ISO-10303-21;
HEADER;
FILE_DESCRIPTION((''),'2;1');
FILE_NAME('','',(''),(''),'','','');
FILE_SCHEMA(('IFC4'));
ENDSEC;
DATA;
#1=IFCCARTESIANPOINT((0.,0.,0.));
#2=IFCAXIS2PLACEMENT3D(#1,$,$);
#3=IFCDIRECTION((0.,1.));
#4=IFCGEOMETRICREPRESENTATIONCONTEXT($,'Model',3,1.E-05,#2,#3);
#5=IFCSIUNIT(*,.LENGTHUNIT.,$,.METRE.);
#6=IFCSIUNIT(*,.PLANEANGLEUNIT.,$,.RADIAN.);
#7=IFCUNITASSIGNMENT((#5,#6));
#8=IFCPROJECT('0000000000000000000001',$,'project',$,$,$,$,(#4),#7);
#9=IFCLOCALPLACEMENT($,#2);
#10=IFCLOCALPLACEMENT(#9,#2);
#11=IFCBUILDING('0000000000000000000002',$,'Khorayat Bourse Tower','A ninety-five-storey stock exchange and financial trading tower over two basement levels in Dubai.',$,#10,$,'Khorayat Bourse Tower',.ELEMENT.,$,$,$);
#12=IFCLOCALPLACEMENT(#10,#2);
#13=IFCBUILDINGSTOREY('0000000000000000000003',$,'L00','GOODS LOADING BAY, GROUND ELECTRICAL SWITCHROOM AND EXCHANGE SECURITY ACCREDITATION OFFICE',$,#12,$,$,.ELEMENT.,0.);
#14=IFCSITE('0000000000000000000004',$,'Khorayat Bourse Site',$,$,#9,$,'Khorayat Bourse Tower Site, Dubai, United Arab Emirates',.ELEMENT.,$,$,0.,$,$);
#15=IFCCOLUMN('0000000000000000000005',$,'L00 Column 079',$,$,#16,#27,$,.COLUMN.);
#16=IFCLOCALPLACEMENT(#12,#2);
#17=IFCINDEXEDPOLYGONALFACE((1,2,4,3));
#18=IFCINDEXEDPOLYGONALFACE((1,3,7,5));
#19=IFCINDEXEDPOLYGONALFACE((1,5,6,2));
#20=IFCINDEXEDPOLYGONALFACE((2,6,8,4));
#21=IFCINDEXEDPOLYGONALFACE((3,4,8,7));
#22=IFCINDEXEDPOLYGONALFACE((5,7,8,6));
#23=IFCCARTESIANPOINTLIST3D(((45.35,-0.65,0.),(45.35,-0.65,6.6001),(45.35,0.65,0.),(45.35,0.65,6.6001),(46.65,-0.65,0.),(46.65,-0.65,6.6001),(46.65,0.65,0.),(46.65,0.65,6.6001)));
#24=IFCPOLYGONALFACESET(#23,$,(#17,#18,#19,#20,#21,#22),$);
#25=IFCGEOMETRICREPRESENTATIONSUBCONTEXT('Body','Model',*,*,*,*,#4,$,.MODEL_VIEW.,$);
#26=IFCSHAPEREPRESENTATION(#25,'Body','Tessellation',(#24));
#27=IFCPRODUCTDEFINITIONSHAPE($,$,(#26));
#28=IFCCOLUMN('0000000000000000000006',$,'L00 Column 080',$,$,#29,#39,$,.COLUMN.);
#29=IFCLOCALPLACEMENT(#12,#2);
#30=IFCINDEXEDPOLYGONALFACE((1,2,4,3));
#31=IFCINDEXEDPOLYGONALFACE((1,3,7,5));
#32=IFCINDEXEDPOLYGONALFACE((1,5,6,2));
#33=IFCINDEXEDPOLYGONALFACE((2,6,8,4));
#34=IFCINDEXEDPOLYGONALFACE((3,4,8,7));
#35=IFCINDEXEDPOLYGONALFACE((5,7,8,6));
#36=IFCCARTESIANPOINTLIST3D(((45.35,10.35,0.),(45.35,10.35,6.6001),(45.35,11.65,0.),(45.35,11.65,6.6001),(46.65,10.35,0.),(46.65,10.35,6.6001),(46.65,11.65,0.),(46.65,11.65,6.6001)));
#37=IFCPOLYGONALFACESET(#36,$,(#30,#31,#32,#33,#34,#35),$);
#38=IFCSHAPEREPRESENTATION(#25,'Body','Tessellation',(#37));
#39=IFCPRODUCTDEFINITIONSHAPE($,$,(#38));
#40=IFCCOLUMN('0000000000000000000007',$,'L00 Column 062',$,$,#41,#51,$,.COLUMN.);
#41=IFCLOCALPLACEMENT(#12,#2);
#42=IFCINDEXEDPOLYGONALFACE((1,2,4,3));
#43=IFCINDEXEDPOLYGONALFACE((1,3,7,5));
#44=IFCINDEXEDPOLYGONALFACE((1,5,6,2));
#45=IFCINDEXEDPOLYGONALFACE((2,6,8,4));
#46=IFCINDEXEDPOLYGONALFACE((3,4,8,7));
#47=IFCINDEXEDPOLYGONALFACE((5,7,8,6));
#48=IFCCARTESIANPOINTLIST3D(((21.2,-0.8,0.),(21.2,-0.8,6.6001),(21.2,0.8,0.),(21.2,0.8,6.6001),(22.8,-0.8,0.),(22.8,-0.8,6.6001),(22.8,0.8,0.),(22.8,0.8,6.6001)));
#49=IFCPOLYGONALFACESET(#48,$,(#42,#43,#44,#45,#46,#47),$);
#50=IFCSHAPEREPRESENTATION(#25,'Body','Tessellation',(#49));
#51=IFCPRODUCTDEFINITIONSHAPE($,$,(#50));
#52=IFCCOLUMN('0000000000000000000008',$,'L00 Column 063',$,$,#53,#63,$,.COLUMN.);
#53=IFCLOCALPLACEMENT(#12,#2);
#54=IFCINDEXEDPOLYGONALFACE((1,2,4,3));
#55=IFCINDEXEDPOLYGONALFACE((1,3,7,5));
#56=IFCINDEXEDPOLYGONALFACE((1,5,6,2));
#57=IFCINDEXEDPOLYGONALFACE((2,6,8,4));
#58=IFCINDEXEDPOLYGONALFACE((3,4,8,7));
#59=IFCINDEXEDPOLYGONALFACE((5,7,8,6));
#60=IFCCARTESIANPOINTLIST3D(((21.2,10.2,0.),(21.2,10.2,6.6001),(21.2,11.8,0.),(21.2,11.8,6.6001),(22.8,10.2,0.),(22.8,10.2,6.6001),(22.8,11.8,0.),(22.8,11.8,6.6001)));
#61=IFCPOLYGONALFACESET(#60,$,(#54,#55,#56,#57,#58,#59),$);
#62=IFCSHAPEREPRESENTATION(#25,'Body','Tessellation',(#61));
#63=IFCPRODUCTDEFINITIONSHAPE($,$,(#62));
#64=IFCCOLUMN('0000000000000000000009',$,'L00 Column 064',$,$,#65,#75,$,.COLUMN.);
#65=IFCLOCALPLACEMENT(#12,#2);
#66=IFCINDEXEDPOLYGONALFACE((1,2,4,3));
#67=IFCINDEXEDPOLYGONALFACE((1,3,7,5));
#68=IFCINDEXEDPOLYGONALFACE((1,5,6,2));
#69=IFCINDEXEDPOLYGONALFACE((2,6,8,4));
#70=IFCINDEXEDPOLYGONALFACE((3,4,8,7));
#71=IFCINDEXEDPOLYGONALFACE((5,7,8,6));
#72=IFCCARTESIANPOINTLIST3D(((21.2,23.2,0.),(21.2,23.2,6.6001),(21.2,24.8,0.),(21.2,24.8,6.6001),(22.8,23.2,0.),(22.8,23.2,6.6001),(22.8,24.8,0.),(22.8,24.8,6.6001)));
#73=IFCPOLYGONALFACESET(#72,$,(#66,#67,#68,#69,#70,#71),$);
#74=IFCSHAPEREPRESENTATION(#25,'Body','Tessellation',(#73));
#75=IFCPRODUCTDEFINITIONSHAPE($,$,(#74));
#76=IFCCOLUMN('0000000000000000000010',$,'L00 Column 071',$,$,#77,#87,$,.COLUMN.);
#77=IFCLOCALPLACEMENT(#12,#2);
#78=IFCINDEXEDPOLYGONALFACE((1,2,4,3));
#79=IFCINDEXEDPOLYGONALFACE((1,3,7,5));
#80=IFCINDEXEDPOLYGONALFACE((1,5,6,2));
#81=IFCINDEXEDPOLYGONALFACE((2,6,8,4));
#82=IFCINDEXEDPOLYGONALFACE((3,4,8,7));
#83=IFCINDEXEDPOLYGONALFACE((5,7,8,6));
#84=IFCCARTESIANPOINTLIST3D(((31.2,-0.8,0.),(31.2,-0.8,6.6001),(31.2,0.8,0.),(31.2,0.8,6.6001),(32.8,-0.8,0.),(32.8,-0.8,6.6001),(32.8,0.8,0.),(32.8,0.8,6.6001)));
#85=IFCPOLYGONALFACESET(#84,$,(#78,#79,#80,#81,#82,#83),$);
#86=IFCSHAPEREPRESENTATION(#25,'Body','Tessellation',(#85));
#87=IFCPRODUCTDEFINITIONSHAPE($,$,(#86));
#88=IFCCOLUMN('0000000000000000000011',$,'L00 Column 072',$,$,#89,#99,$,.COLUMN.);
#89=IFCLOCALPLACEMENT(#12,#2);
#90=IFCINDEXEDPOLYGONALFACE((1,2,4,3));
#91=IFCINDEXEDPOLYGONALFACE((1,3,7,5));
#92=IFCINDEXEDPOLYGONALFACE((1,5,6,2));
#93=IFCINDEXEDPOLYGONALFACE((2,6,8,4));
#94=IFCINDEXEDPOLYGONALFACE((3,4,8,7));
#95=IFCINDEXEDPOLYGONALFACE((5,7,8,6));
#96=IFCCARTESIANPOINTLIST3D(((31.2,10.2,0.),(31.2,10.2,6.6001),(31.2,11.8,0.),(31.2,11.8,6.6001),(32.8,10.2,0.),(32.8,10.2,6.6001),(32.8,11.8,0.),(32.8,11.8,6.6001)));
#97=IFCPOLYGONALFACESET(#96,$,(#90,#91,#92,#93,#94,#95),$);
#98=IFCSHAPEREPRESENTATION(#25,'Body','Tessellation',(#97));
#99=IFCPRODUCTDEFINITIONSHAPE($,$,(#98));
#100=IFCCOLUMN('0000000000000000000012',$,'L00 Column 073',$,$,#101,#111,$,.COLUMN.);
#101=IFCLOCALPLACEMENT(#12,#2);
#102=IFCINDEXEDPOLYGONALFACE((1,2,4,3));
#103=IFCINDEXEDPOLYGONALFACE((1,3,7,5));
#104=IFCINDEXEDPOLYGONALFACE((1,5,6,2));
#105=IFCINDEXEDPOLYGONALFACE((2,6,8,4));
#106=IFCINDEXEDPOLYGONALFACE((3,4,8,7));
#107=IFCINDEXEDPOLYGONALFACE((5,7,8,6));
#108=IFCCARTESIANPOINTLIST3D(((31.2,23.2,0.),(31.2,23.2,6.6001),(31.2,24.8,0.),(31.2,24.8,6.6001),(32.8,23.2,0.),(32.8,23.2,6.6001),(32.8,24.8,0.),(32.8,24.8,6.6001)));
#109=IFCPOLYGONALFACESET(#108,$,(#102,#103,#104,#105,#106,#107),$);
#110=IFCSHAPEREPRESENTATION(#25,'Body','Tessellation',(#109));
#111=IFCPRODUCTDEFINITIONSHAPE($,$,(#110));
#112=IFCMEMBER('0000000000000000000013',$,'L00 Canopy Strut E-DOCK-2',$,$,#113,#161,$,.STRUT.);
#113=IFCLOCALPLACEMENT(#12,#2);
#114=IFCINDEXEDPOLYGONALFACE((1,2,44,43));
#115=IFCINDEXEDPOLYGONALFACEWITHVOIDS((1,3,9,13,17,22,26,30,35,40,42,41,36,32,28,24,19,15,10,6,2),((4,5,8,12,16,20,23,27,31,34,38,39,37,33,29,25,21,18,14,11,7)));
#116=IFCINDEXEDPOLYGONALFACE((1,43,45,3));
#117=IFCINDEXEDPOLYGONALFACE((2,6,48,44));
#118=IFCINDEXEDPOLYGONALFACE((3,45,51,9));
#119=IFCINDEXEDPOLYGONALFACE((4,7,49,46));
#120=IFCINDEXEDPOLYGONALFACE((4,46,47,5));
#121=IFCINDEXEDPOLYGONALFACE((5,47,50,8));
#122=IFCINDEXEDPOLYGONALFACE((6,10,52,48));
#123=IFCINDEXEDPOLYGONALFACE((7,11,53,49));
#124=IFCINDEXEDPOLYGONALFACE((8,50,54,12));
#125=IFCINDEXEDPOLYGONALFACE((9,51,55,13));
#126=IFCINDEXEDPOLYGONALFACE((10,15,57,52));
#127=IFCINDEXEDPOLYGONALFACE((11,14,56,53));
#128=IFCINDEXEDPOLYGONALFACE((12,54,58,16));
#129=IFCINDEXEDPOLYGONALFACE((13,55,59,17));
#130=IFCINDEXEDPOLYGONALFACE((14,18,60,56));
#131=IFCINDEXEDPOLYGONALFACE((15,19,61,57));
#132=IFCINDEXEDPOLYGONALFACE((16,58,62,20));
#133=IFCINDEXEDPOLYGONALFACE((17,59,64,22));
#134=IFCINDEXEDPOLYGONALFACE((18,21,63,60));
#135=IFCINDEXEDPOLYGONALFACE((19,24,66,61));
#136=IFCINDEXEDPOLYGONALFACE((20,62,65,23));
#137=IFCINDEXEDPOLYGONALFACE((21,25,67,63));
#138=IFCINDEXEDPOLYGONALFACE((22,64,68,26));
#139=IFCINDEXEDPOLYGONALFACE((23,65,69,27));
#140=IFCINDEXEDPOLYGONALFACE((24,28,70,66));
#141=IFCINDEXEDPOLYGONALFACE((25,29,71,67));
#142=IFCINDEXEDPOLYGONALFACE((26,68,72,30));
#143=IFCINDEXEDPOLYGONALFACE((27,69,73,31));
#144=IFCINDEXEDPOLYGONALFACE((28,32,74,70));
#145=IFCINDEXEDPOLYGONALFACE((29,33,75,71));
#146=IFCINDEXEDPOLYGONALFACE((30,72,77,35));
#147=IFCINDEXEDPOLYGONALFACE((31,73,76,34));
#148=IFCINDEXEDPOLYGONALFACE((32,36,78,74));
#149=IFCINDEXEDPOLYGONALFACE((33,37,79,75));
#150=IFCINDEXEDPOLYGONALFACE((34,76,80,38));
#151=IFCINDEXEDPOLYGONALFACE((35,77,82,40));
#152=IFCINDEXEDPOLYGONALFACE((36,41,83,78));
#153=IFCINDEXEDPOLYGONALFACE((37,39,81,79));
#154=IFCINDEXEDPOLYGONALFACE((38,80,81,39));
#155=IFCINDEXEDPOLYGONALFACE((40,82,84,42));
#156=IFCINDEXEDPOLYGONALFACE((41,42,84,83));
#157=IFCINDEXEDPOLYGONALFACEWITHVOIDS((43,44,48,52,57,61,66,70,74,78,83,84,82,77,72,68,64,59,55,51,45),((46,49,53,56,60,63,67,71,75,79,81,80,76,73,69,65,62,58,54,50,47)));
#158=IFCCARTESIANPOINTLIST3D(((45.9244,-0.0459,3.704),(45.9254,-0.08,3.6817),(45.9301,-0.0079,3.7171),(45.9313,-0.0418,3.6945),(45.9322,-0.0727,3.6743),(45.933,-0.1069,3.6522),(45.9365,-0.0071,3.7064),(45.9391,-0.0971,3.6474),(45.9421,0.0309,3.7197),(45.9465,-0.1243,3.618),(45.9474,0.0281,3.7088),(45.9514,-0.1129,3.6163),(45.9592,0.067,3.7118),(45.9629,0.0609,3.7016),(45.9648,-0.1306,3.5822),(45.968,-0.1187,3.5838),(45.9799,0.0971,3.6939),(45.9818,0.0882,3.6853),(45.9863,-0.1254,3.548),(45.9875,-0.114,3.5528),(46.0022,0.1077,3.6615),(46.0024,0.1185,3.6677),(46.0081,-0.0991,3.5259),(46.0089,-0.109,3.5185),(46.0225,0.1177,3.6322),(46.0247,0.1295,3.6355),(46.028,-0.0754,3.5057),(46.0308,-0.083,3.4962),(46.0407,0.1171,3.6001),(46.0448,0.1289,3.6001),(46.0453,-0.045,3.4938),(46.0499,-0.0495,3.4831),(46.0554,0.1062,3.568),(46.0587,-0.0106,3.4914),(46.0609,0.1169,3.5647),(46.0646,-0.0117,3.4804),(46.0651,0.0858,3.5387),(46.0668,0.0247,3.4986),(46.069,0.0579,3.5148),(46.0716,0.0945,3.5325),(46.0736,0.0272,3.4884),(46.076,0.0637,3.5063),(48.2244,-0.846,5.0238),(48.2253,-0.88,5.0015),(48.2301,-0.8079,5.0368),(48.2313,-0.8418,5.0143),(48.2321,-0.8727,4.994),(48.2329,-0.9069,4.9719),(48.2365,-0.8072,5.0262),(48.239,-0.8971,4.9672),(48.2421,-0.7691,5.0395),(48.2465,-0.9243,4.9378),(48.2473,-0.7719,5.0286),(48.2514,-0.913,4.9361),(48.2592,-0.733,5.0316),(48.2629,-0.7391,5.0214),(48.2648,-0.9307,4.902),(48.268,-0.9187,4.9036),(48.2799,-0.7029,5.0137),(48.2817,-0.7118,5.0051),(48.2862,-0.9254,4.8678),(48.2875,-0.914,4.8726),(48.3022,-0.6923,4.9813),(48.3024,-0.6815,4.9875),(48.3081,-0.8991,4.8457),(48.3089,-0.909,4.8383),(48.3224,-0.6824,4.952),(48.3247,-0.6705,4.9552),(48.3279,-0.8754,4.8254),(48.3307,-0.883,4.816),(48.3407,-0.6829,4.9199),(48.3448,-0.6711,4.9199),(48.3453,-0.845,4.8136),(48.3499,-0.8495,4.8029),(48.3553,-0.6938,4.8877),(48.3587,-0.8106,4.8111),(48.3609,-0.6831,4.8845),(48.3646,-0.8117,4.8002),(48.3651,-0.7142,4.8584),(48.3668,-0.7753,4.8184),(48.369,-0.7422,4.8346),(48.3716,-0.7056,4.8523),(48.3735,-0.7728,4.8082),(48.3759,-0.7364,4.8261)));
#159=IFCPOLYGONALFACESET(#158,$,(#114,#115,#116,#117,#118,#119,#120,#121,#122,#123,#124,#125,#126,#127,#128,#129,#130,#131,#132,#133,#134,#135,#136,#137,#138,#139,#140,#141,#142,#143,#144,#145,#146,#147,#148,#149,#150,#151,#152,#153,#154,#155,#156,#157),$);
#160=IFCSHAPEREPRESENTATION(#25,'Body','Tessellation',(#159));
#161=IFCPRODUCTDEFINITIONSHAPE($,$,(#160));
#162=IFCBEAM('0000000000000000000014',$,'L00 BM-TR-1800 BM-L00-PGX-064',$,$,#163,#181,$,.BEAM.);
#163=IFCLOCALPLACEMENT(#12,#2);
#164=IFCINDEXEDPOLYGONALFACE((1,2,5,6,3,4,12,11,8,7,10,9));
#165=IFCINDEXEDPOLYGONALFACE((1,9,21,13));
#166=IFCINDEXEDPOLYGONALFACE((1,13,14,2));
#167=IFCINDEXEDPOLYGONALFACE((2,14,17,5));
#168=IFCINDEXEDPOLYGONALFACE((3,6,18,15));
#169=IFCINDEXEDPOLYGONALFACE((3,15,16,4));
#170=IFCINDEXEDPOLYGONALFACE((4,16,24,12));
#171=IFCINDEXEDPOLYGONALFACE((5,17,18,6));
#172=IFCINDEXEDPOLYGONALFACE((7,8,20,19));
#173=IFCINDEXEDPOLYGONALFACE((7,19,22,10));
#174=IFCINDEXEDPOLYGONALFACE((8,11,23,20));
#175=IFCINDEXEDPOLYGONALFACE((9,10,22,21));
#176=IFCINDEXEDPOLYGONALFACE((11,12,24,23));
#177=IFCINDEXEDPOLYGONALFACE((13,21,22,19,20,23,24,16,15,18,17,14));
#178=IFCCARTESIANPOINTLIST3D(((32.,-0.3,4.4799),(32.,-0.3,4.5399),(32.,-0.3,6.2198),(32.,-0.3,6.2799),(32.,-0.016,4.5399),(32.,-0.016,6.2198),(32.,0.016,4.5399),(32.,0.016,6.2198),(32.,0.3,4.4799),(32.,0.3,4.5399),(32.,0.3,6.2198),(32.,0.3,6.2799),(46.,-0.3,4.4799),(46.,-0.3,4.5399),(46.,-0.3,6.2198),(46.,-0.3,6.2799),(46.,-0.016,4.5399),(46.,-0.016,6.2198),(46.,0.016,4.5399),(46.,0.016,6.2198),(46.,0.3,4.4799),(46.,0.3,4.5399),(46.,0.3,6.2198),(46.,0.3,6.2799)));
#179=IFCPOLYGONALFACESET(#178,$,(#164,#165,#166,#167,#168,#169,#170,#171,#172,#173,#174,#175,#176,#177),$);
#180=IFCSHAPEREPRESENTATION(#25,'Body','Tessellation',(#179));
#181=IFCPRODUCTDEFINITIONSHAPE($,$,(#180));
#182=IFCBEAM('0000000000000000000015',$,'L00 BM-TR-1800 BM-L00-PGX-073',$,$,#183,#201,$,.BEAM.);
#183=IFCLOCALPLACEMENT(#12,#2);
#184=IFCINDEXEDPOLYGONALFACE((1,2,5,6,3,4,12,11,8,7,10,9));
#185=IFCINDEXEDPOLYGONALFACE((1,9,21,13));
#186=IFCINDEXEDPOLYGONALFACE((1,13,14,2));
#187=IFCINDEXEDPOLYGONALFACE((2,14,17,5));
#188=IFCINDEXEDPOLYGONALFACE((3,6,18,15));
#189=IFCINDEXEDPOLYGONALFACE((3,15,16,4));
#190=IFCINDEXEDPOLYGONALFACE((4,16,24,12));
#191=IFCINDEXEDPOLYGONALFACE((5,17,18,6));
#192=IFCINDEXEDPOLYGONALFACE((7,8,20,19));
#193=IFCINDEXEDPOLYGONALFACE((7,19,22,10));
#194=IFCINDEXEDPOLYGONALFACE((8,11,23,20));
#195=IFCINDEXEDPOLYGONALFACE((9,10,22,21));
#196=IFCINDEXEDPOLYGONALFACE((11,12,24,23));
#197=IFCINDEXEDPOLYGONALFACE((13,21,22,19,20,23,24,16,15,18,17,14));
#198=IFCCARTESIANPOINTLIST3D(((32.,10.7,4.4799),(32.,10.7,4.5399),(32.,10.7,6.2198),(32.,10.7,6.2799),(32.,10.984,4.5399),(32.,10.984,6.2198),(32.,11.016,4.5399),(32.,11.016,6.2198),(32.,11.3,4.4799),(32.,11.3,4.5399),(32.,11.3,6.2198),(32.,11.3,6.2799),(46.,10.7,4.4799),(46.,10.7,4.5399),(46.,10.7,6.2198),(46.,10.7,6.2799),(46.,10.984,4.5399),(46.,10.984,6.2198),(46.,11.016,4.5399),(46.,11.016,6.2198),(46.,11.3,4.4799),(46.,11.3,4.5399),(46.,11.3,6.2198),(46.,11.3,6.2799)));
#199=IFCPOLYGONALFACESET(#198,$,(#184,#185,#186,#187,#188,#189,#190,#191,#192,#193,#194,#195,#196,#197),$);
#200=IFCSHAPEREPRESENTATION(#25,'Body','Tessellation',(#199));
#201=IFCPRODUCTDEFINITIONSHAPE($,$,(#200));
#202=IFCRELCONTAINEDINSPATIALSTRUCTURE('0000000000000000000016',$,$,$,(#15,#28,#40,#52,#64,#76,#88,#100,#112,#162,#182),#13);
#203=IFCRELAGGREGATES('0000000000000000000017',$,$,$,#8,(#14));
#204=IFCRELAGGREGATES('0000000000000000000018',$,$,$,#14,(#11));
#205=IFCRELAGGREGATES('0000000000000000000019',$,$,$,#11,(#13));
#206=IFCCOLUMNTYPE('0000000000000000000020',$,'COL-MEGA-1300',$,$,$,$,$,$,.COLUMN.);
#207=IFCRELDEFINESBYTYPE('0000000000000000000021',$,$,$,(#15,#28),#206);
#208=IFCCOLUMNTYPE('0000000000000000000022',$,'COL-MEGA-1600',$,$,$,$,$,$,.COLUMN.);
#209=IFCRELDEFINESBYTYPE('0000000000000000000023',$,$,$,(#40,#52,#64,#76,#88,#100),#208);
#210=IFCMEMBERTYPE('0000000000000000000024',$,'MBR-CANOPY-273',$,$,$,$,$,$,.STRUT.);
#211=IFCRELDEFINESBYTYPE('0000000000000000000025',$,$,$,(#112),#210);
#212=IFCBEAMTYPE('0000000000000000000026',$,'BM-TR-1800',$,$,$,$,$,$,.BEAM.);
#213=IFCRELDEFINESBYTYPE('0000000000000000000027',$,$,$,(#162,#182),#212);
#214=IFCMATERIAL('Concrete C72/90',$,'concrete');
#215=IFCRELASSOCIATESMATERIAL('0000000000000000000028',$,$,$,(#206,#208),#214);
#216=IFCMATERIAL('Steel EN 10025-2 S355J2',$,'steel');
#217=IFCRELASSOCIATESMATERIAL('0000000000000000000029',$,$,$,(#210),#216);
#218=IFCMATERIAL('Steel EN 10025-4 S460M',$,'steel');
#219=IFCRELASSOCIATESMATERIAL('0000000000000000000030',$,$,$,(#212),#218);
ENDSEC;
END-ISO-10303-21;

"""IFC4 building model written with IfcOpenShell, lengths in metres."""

from ifc_helpers import new_model, si_unit, direction, frame, origin, origin_2d, place, context, subcontext, project, spatial, rectangle, hollow_circle, i_section, extrude, source, transform, mapped, material, material_profile, profile_set, type_object, element, save


model = new_model("IFC4")

# Units and contexts
model_context = context("Model", 3, precision=1e-05, world=origin(), true_north=direction((0.0, 1.0)))
body_context = subcontext(model_context, "Body", "Model", "MODEL_VIEW")
ifc_project = project(units=[si_unit("LENGTHUNIT", "METRE"), si_unit("PLANEANGLEUNIT", "RADIAN")], contexts=[model_context])

# Site, building, storey
site_placement = place(None, origin())
site = spatial("IfcSite", under=ifc_project, at=site_placement, Name="Khorayat Bourse Site", LongName="Khorayat Bourse Tower Site, Dubai, United Arab Emirates", CompositionType="ELEMENT", RefElevation=0.0)
building_placement = place(site_placement, origin())
building = spatial("IfcBuilding", under=site, at=building_placement, Name="Khorayat Bourse Tower", Description="A ninety-five-storey stock exchange and financial trading tower over two basement levels in Dubai.", LongName="Khorayat Bourse Tower", CompositionType="ELEMENT")
storey_placement = place(building_placement, origin())
storey = spatial("IfcBuildingStorey", under=building, at=storey_placement, Name="L00", Description="GOODS LOADING BAY, GROUND ELECTRICAL SWITCHROOM AND EXCHANGE SECURITY ACCREDITATION OFFICE", CompositionType="ELEMENT", Elevation=0.0)

# Columns
ifc_material_1 = material(Name="Concrete C72/90", Category="concrete")
ifc_material_profile_1 = material_profile(ifc_material_1, rectangle(XDim=1.3, YDim=1.3, at=origin_2d()), Name="RC 1300x1300")
ifc_profile_set_1 = profile_set([ifc_material_profile_1], Name="Concrete C72/90")
column_type_1 = type_object("IfcColumnType", Name="COL-MEGA-1300", PredefinedType="COLUMN", material=ifc_profile_set_1)
shared_shape_1 = source(origin(), body_context, "Body", "SweptSolid", [
    extrude(rectangle(XDim=1.3, YDim=1.3, at=origin_2d()), origin(), (0.0, 0.0, 1.0), 6.6001),
])
for number, where, z_axis, x_axis, name in (
    (1, (46.0, 0.0, 0.0), (0.0, 0.0, 1.0), (1.0, 0.0, 0.0), "L00 Column 079"),
    (2, (46.0, 11.0, 0.0), (0.0, 0.0, 1.0), (1.0, 0.0, 0.0), "L00 Column 080"),
):
    element("IfcColumn", number, at=place(storey_placement, frame(where, z_axis=z_axis, x_axis=x_axis)), inside=storey, type_object=column_type_1, Name=name, PredefinedType="COLUMN", context=body_context, shape_type="MappedRepresentation", body=[
        mapped(shared_shape_1, transform((0.0, 0.0, 0.0), scale=1.0)),
    ])
ifc_material_profile_2 = material_profile(ifc_material_1, rectangle(XDim=1.6001, YDim=1.6001, at=origin_2d()), Name="RC 1600x1600")
ifc_profile_set_2 = profile_set([ifc_material_profile_2], Name="Concrete C72/90")
column_type_2 = type_object("IfcColumnType", Name="COL-MEGA-1600", PredefinedType="COLUMN", material=ifc_profile_set_2)
shared_shape_2 = source(origin(), body_context, "Body", "SweptSolid", [
    extrude(rectangle(XDim=1.6001, YDim=1.6001, at=origin_2d()), origin(), (0.0, 0.0, 1.0), 6.6001),
])
for number, where, z_axis, x_axis, name in (
    (3, (22.0, 0.0, 0.0), (0.0, 0.0, 1.0), (1.0, 0.0, 0.0), "L00 Column 062"),
    (4, (22.0, 11.0, 0.0), (0.0, 0.0, 1.0), (1.0, 0.0, 0.0), "L00 Column 063"),
    (5, (22.0, 24.0, 0.0), (0.0, 0.0, 1.0), (1.0, 0.0, 0.0), "L00 Column 064"),
    (6, (32.0, 0.0, 0.0), (0.0, 0.0, 1.0), (1.0, 0.0, 0.0), "L00 Column 071"),
    (7, (32.0, 11.0, 0.0), (0.0, 0.0, 1.0), (1.0, 0.0, 0.0), "L00 Column 072"),
    (8, (32.0, 24.0, 0.0), (0.0, 0.0, 1.0), (1.0, 0.0, 0.0), "L00 Column 073"),
):
    element("IfcColumn", number, at=place(storey_placement, frame(where, z_axis=z_axis, x_axis=x_axis)), inside=storey, type_object=column_type_2, Name=name, PredefinedType="COLUMN", context=body_context, shape_type="MappedRepresentation", body=[
        mapped(shared_shape_2, transform((0.0, 0.0, 0.0), scale=1.0)),
    ])

# Member
ifc_material_2 = material(Name="Steel EN 10025-2 S355J2", Category="steel")
ifc_material_profile_3 = material_profile(ifc_material_2, hollow_circle(Radius=0.1365, WallThickness=0.0125, at=origin_2d()), Name="CHS 273x12.5")
ifc_profile_set_3 = profile_set([ifc_material_profile_3], Name="Steel EN 10025-2 S355J2")
member_type = type_object("IfcMemberType", Name="MBR-CANOPY-273", PredefinedType="STRUT", material=ifc_profile_set_3)
shared_shape_3 = source(origin(), body_context, "Body", "SweptSolid", [
    extrude(hollow_circle(Radius=0.1365, WallThickness=0.0125, at=origin_2d()), origin(), (0.0, 0.0, 1.0), 2.7698),
])
member_placement = place(storey_placement, frame((46.0, 0.0, 3.6001), z_axis=(0.830378, -0.288839, 0.476491), x_axis=(0.328532, 0.944493, 0.0)))
element("IfcMember", 9, at=member_placement, inside=storey, type_object=member_type, Name="L00 Canopy Strut E-DOCK-2", PredefinedType="STRUT", context=body_context, shape_type="MappedRepresentation", body=[
    mapped(shared_shape_3, transform((0.0, 0.0, 0.0), scale=1.0)),
])

# Beams
ifc_material_3 = material(Name="Steel EN 10025-4 S460M", Category="steel")
ifc_material_profile_4 = material_profile(ifc_material_3, i_section(OverallWidth=0.6001, OverallDepth=1.8, WebThickness=0.032, FlangeThickness=0.0601, at=origin_2d()), Name="PG 1800x600x32x60")
ifc_profile_set_4 = profile_set([ifc_material_profile_4], Name="Steel EN 10025-4 S460M")
beam_type_1 = type_object("IfcBeamType", Name="BM-TR-1800", PredefinedType="BEAM", material=ifc_profile_set_4)
shared_shape_4 = source(origin(), body_context, "Body", "SweptSolid", [
    extrude(i_section(OverallWidth=0.6001, OverallDepth=1.8, WebThickness=0.032, FlangeThickness=0.0601, at=origin_2d()), origin(), (0.0, 0.0, 1.0), 14.0),
])
for number, where, z_axis, x_axis, name in (
    (10, (32.0, 0.0, 5.3799), (1.0, 0.0, 0.0), (0.0, 1.0, 0.0), "L00 BM-TR-1800 BM-L00-PGX-064"),
    (11, (32.0, 11.0, 5.3799), (1.0, 0.0, 0.0), (0.0, 1.0, 0.0), "L00 BM-TR-1800 BM-L00-PGX-073"),
):
    element("IfcBeam", number, at=place(storey_placement, frame(where, z_axis=z_axis, x_axis=x_axis)), inside=storey, type_object=beam_type_1, Name=name, PredefinedType="BEAM", context=body_context, shape_type="MappedRepresentation", body=[
        mapped(shared_shape_4, transform((0.0, 0.0, 0.0), scale=1.0)),
    ])

save(model, "model.ifc")
